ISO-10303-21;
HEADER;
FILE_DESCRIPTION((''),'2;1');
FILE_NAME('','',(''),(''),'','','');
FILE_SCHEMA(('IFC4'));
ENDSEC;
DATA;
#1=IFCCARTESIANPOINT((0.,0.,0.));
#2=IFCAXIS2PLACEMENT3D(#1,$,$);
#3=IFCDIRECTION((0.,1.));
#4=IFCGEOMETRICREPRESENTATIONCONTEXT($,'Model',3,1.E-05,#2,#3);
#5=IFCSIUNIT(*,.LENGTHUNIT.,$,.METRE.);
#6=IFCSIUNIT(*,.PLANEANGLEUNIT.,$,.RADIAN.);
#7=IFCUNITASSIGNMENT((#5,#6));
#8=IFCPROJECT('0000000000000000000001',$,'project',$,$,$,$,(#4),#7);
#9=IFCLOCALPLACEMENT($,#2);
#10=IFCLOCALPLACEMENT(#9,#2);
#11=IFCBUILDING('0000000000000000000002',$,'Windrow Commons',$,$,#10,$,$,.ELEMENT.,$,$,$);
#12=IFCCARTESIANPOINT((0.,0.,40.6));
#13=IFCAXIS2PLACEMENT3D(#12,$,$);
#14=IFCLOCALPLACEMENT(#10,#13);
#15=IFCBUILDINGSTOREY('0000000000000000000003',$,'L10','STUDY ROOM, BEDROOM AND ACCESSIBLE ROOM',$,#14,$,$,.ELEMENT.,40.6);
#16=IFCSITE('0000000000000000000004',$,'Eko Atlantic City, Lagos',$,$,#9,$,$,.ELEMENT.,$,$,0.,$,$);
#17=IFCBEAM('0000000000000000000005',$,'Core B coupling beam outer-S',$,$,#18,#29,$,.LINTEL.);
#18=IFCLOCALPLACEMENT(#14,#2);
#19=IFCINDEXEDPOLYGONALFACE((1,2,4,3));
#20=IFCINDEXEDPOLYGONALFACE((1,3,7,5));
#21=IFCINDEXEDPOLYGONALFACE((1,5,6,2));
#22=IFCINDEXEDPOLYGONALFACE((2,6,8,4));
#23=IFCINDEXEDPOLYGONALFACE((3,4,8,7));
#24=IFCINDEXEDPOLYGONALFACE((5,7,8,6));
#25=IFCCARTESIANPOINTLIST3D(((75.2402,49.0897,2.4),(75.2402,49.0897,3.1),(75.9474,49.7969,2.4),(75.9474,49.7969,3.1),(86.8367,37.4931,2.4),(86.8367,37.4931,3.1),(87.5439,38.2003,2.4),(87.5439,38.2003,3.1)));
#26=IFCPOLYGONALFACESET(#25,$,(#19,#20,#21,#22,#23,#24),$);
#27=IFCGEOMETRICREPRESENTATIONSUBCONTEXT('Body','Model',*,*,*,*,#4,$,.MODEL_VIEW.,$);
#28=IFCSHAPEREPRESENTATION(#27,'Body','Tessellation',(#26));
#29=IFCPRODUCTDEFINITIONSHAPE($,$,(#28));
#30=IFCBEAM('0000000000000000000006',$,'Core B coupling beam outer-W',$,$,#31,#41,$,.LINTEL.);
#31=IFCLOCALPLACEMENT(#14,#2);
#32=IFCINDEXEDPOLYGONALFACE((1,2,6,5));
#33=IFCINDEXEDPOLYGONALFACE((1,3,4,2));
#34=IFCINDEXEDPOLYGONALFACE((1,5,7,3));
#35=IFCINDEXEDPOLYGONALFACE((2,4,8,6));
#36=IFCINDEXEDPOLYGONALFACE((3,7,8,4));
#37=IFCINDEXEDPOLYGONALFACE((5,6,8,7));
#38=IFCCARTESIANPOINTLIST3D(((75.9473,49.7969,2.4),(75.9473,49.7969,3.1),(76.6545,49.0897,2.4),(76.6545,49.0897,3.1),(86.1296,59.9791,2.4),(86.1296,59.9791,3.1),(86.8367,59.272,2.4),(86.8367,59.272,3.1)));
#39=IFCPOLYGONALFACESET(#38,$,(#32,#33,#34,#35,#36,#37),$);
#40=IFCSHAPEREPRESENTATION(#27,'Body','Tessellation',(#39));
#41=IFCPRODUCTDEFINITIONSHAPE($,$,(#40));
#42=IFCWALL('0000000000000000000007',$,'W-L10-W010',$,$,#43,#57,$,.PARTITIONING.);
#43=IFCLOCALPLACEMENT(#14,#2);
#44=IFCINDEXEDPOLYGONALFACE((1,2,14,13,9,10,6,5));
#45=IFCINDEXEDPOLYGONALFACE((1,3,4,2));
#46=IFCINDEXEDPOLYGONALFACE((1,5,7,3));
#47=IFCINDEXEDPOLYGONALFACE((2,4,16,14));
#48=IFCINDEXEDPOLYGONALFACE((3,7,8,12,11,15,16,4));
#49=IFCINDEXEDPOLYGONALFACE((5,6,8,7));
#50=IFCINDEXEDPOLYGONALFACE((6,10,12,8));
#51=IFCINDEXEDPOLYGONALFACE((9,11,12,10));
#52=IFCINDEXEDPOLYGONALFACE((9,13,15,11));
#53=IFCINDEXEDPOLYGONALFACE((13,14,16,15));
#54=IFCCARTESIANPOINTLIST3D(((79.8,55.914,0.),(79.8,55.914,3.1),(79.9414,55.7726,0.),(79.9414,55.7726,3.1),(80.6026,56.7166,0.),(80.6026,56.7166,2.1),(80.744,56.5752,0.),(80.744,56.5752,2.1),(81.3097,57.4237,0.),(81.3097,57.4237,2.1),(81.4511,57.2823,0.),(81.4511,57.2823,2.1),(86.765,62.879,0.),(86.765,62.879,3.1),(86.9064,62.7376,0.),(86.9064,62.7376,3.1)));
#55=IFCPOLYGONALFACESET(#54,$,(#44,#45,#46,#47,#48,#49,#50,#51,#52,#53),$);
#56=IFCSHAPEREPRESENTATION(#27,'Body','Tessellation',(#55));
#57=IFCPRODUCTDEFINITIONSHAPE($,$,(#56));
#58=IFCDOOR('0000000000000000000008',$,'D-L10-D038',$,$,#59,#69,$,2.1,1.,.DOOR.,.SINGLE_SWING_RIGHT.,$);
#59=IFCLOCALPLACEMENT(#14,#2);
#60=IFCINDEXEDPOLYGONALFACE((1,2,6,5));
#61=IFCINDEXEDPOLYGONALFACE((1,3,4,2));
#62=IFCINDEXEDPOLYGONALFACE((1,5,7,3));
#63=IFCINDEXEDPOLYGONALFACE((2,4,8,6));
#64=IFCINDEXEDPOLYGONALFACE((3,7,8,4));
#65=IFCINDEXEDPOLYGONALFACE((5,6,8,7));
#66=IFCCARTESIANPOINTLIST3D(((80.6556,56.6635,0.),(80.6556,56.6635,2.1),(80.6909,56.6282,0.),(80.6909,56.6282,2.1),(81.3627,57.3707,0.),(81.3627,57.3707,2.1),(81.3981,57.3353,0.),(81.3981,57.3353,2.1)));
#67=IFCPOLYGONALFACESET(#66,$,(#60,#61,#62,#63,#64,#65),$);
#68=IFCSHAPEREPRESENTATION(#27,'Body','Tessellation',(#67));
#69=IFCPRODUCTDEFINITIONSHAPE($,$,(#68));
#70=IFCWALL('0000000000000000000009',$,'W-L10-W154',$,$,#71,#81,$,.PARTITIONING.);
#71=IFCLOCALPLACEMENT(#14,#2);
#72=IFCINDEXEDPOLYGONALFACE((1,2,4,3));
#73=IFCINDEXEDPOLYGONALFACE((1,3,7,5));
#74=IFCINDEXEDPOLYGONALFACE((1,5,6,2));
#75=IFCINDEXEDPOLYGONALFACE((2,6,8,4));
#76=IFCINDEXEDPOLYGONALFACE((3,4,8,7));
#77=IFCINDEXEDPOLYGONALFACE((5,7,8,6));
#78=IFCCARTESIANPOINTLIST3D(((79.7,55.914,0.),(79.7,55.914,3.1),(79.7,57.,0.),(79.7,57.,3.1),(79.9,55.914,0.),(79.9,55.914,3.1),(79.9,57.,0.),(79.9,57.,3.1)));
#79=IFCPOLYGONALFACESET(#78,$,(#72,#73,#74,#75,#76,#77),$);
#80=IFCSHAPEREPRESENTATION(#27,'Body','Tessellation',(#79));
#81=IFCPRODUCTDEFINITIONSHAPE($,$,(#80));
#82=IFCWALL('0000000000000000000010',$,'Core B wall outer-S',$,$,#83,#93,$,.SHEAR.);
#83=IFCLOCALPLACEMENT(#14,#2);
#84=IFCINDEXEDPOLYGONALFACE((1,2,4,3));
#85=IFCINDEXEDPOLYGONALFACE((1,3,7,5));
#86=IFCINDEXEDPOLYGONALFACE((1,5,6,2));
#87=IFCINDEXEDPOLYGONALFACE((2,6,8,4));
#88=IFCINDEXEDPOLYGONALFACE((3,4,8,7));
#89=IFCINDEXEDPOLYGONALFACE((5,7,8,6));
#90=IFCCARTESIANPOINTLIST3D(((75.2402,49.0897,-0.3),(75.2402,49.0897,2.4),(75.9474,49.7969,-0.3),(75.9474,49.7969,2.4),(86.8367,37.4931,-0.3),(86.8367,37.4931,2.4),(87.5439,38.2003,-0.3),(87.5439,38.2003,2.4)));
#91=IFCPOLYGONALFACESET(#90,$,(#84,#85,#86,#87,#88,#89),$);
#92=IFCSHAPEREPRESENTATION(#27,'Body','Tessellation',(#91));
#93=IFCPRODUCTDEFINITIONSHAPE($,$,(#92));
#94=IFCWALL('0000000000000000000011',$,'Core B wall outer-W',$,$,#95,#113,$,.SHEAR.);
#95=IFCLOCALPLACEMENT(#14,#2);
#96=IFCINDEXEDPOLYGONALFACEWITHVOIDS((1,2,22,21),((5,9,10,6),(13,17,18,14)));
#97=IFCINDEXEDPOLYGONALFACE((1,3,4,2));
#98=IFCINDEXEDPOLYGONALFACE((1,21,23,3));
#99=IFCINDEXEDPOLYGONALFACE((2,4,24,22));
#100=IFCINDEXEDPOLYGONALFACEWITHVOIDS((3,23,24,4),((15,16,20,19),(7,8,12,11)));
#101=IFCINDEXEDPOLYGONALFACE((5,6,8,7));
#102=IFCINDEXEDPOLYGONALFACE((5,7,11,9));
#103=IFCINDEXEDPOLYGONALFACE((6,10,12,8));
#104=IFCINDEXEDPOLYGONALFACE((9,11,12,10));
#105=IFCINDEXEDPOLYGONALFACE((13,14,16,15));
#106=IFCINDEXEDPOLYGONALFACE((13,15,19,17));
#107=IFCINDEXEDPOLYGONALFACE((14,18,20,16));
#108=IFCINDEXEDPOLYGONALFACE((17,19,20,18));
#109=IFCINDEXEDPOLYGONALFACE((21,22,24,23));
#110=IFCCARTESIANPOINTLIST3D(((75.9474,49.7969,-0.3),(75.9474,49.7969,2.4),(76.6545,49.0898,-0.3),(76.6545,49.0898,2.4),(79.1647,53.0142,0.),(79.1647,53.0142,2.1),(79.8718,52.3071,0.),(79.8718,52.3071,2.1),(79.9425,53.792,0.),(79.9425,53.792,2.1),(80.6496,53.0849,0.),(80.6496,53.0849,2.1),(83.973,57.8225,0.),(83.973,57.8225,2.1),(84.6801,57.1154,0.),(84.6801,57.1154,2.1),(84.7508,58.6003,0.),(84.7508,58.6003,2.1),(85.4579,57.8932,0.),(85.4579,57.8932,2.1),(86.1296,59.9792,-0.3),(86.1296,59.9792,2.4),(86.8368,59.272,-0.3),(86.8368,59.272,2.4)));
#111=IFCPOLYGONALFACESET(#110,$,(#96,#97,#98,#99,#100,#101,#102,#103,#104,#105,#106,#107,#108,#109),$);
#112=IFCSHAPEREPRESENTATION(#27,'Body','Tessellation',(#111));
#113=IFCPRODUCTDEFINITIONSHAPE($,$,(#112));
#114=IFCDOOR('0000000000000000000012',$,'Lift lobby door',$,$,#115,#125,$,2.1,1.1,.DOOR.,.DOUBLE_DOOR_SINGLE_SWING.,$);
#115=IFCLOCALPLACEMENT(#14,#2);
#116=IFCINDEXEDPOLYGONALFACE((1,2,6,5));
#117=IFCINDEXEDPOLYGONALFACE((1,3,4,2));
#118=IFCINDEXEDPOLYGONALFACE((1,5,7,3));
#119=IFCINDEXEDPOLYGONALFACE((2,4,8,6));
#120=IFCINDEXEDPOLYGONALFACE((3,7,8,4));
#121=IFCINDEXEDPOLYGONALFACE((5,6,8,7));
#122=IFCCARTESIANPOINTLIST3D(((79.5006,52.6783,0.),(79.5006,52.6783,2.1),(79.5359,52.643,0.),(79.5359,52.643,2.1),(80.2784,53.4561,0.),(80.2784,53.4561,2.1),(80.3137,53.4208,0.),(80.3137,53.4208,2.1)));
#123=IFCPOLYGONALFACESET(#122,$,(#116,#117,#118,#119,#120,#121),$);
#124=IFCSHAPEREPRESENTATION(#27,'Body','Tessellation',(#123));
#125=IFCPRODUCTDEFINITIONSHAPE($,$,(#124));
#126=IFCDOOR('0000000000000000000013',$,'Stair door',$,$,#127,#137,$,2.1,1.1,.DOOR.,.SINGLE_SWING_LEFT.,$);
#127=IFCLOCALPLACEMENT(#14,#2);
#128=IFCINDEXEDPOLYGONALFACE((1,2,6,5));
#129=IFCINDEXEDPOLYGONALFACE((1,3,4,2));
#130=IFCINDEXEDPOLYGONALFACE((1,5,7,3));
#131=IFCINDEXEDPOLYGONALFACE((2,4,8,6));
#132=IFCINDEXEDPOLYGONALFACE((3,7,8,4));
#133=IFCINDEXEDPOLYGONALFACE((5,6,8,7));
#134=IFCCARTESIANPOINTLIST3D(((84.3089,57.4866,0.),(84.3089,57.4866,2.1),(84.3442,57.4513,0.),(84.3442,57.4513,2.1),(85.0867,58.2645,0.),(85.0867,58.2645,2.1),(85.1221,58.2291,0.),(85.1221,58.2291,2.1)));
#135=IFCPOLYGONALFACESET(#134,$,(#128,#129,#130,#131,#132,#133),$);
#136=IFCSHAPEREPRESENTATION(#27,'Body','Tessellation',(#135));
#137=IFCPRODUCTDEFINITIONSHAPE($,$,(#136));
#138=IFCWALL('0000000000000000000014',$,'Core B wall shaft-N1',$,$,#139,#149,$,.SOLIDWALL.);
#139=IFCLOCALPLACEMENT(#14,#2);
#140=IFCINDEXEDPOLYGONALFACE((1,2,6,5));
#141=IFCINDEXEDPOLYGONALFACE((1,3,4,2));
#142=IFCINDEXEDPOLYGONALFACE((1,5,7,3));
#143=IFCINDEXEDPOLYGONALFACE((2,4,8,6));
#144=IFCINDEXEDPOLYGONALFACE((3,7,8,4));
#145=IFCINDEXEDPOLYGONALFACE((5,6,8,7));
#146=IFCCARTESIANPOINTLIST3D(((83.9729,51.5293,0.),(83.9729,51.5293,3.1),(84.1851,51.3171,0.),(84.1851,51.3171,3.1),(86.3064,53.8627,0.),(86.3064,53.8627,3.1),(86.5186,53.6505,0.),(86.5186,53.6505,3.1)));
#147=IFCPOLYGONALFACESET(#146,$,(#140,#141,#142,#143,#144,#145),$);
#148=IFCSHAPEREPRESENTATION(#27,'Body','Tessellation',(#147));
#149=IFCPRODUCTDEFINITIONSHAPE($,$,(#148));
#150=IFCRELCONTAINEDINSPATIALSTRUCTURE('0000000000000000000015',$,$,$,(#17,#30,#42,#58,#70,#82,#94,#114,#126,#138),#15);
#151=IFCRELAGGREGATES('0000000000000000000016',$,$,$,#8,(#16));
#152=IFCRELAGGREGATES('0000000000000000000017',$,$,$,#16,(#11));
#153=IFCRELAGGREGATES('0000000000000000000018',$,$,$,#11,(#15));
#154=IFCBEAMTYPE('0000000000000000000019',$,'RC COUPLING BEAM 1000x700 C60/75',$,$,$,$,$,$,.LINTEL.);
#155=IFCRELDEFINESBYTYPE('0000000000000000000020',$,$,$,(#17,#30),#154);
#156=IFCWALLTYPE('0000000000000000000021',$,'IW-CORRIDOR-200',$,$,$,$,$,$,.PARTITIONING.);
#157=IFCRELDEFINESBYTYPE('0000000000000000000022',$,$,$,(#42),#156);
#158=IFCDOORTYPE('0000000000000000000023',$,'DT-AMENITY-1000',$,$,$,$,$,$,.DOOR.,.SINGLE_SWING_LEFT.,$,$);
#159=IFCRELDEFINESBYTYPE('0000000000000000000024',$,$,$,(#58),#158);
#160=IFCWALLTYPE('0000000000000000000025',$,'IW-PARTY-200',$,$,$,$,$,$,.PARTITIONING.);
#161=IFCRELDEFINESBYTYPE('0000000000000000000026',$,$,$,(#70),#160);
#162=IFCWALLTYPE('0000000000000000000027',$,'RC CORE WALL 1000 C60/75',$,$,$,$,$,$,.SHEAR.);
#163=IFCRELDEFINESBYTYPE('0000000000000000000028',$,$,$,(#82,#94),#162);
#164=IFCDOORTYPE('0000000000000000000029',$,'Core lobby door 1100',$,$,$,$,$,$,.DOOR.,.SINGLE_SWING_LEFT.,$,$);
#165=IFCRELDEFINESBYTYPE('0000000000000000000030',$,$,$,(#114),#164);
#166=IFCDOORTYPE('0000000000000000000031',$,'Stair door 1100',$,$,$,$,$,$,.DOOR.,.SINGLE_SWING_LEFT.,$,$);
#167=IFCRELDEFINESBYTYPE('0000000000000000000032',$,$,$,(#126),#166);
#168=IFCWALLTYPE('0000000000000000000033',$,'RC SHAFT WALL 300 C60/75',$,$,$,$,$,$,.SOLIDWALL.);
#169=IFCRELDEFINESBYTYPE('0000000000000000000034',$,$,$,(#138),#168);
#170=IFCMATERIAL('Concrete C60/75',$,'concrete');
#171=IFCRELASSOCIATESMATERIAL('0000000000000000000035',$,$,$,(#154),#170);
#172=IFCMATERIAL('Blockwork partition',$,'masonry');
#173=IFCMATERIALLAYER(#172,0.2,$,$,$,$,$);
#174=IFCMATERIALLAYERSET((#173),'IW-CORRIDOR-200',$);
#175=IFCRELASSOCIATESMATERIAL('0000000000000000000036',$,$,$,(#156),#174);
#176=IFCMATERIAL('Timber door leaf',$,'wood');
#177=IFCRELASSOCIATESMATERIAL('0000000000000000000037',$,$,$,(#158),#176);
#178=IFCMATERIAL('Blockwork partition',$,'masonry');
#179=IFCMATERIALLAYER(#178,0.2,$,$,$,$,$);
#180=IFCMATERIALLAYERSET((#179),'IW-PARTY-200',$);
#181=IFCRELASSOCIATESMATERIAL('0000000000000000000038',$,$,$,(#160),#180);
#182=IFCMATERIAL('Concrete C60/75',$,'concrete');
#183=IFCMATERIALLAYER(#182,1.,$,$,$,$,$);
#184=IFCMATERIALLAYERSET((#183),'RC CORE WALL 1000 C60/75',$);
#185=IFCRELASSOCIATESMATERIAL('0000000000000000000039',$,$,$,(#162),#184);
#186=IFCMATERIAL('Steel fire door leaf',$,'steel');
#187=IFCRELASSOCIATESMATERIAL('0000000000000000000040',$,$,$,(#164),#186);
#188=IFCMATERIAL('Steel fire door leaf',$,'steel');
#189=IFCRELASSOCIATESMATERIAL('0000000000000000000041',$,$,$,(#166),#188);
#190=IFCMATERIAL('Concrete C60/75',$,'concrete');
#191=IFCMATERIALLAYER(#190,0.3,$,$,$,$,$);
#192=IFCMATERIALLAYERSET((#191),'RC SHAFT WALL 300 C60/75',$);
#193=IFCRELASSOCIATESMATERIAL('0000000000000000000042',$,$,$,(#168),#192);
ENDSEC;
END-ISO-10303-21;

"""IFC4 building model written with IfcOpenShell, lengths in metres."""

from ifc_helpers import new_model, si_unit, direction, frame, frame_2d, origin, origin_2d, place, context, subcontext, project, spatial, rectangle, extrude, material, layer, layer_set, material_profile, profile_set, type_object, element, fill, save


model = new_model("IFC4")

# Units and contexts
model_context = context("Model", 3, precision=1e-05, world=origin(), true_north=direction((0.0, 1.0)))
body_context = subcontext(model_context, "Body", "Model", "MODEL_VIEW")
ifc_project = project(units=[si_unit("LENGTHUNIT", "METRE"), si_unit("PLANEANGLEUNIT", "RADIAN")], contexts=[model_context])

# Site, building, storey
site_placement = place(None, origin())
site = spatial("IfcSite", under=ifc_project, at=site_placement, Name="Eko Atlantic City, Lagos", CompositionType="ELEMENT", RefElevation=0.0)
building_placement = place(site_placement, origin())
building = spatial("IfcBuilding", under=site, at=building_placement, Name="Windrow Commons", CompositionType="ELEMENT")
storey_placement = place(building_placement, frame((0.0, 0.0, 40.6)))
storey = spatial("IfcBuildingStorey", under=building, at=storey_placement, Name="L10", Description="STUDY ROOM, BEDROOM AND ACCESSIBLE ROOM", CompositionType="ELEMENT", Elevation=40.6)

# Beams
ifc_material_1 = material(Name="Concrete C60/75", Category="concrete")
ifc_material_profile = material_profile(ifc_material_1, rectangle(XDim=1.0, YDim=0.7, at=origin_2d()))
ifc_profile_set = profile_set([ifc_material_profile], Name="Concrete C60/75")
beam_type = type_object("IfcBeamType", Name="RC COUPLING BEAM 1000x700 C60/75", PredefinedType="LINTEL", material=ifc_profile_set)
beam_1_placement = place(storey_placement, frame((75.5938, 49.4433, 2.75), z_axis=(0.707104, -0.70711, 0.0), x_axis=(0.70711, 0.707104, 0.0)))
element("IfcBeam", 1, at=beam_1_placement, inside=storey, type_object=beam_type, Name="Core B coupling beam outer-S", PredefinedType="LINTEL", context=body_context, shape_type="SweptSolid", body=[
    extrude(rectangle(XDim=1.0, YDim=0.7, at=origin_2d()), origin(), (0.0, 0.0, 1.0), 16.4),
])
beam_2_placement = place(storey_placement, frame((76.3009, 49.4433, 2.75), z_axis=(0.707107, 0.707107, 0.0), x_axis=(-0.707107, 0.707107, 0.0)))
element("IfcBeam", 2, at=beam_2_placement, inside=storey, type_object=beam_type, Name="Core B coupling beam outer-W", PredefinedType="LINTEL", context=body_context, shape_type="SweptSolid", body=[
    extrude(rectangle(XDim=1.0, YDim=0.7, at=origin_2d()), origin(), (0.0, 0.0, 1.0), 14.3999),
])

# Wall, opening, door
ifc_material_2 = material(Name="Blockwork partition", Category="masonry")
ifc_layer_1 = layer(ifc_material_2, 0.2)
ifc_layer_set_1 = layer_set([ifc_layer_1], Name="IW-CORRIDOR-200")
wall_type_1 = type_object("IfcWallType", Name="IW-CORRIDOR-200", PredefinedType="PARTITIONING", material=ifc_layer_set_1)
wall_1_placement = place(storey_placement, frame((79.8707, 55.8433, 0.0), z_axis=(0.0, 0.0, 1.0), x_axis=(0.707107, 0.707107, 0.0)))
wall_1 = element("IfcWall", 3, at=wall_1_placement, inside=storey, type_object=wall_type_1, Name="W-L10-W010", PredefinedType="PARTITIONING", context=body_context, shape_type="SweptSolid", body=[
    extrude(rectangle(XDim=9.85, YDim=0.2, at=frame_2d((4.925, 0.0))), origin(), (0.0, 0.0, 1.0), 3.1),
])
opening_1_placement = place(wall_1_placement, frame((1.135, 0.0, 0.0)))
opening_1 = element("IfcOpeningElement", 4, at=opening_1_placement, cuts=wall_1, PredefinedType="OPENING", context=body_context, shape_type="SweptSolid", body=[
    extrude(rectangle(XDim=1.0, YDim=2.1, at=frame_2d((0.5, 1.05))), frame((0.0, 0.11, 0.0), z_axis=(0.0, -1.0, 0.0), x_axis=(1.0, 0.0, 0.0)), (0.0, 0.0, 1.0), 0.22),
])
ifc_material_3 = material(Name="Timber door leaf", Category="wood")
door_type_1 = type_object("IfcDoorType", Name="DT-AMENITY-1000", OperationType="SINGLE_SWING_LEFT", PredefinedType="DOOR", material=ifc_material_3)
door_1_placement = place(opening_1_placement, origin())
door_1 = element("IfcDoor", 5, at=door_1_placement, inside=storey, type_object=door_type_1, Name="D-L10-D038", OperationType="SINGLE_SWING_RIGHT", OverallHeight=2.1, OverallWidth=1.0, PredefinedType="DOOR", context=body_context, shape_type="SweptSolid", body=[
    extrude(rectangle(XDim=1.0, YDim=2.1, at=frame_2d((0.5, 1.05))), frame((0.0, 0.025, 0.0), z_axis=(0.0, -1.0, 0.0), x_axis=(1.0, 0.0, 0.0)), (0.0, 0.0, 1.0), 0.05),
])
fill(opening_1, door_1)

# Walls
ifc_material_4 = material(Name="Blockwork partition", Category="masonry")
ifc_layer_2 = layer(ifc_material_4, 0.2)
ifc_layer_set_2 = layer_set([ifc_layer_2], Name="IW-PARTY-200")
wall_type_2 = type_object("IfcWallType", Name="IW-PARTY-200", PredefinedType="PARTITIONING", material=ifc_layer_set_2)
wall_2_placement = place(storey_placement, frame((79.8, 55.914, 0.0), z_axis=(0.0, 0.0, 1.0), x_axis=(0.0, 1.0, 0.0)))
element("IfcWall", 6, at=wall_2_placement, inside=storey, type_object=wall_type_2, Name="W-L10-W154", PredefinedType="PARTITIONING", context=body_context, shape_type="SweptSolid", body=[
    extrude(rectangle(XDim=1.086, YDim=0.2, at=frame_2d((0.543, 0.0))), origin(), (0.0, 0.0, 1.0), 3.1),
])
ifc_material_5 = material(Name="Concrete C60/75", Category="concrete")
ifc_layer_3 = layer(ifc_material_5, 1.0)
ifc_layer_set_3 = layer_set([ifc_layer_3], Name="RC CORE WALL 1000 C60/75")
wall_type_3 = type_object("IfcWallType", Name="RC CORE WALL 1000 C60/75", PredefinedType="SHEAR", material=ifc_layer_set_3)
wall_3_placement = place(storey_placement, frame((75.5938, 49.4433, -0.3), z_axis=(0.0, 0.0, 1.0), x_axis=(0.707104, -0.70711, 0.0)))
element("IfcWall", 7, at=wall_3_placement, inside=storey, type_object=wall_type_3, Name="Core B wall outer-S", PredefinedType="SHEAR", context=body_context, shape_type="SweptSolid", body=[
    extrude(rectangle(XDim=16.4, YDim=1.0, at=frame_2d((8.2, 0.0))), origin(), (0.0, 0.0, 1.0), 2.7),
])

# Wall, openings, doors
wall_4_placement = place(storey_placement, frame((76.3009, 49.4433, -0.3), z_axis=(0.0, 0.0, 1.0), x_axis=(0.707107, 0.707107, 0.0)))
wall_4 = element("IfcWall", 8, at=wall_4_placement, inside=storey, type_object=wall_type_3, Name="Core B wall outer-W", PredefinedType="SHEAR", context=body_context, shape_type="SweptSolid", body=[
    extrude(rectangle(XDim=14.3999, YDim=1.0, at=frame_2d((7.2, 0.0))), origin(), (0.0, 0.0, 1.0), 2.7),
])
opening_2_placement = place(wall_4_placement, frame((4.55, 0.0, 0.3)))
opening_2 = element("IfcOpeningElement", 9, at=opening_2_placement, cuts=wall_4, PredefinedType="OPENING", context=body_context, shape_type="SweptSolid", body=[
    extrude(rectangle(XDim=1.1, YDim=2.1, at=frame_2d((0.55, 1.05))), frame((0.0, 0.51, 0.0), z_axis=(0.0, -1.0, 0.0), x_axis=(1.0, 0.0, 0.0)), (0.0, 0.0, 1.0), 1.02),
])
opening_3_placement = place(wall_4_placement, frame((11.35, 0.0, 0.3)))
opening_3 = element("IfcOpeningElement", 10, at=opening_3_placement, cuts=wall_4, PredefinedType="OPENING", context=body_context, shape_type="SweptSolid", body=[
    extrude(rectangle(XDim=1.1, YDim=2.1, at=frame_2d((0.55, 1.05))), frame((0.0, 0.51, 0.0), z_axis=(0.0, -1.0, 0.0), x_axis=(1.0, 0.0, 0.0)), (0.0, 0.0, 1.0), 1.02),
])
ifc_material_6 = material(Name="Steel fire door leaf", Category="steel")
door_type_2 = type_object("IfcDoorType", Name="Core lobby door 1100", OperationType="SINGLE_SWING_LEFT", PredefinedType="DOOR", material=ifc_material_6)
door_2_placement = place(opening_2_placement, origin())
door_2 = element("IfcDoor", 11, at=door_2_placement, inside=storey, type_object=door_type_2, Name="Lift lobby door", OperationType="DOUBLE_DOOR_SINGLE_SWING", OverallHeight=2.1, OverallWidth=1.1, PredefinedType="DOOR", context=body_context, shape_type="SweptSolid", body=[
    extrude(rectangle(XDim=1.1, YDim=2.1, at=frame_2d((0.55, 1.05))), frame((0.0, 0.025, 0.0), z_axis=(0.0, -1.0, 0.0), x_axis=(1.0, 0.0, 0.0)), (0.0, 0.0, 1.0), 0.05),
])
fill(opening_2, door_2)
ifc_material_7 = material(Name="Steel fire door leaf", Category="steel")
door_type_3 = type_object("IfcDoorType", Name="Stair door 1100", OperationType="SINGLE_SWING_LEFT", PredefinedType="DOOR", material=ifc_material_7)
door_3_placement = place(opening_3_placement, origin())
door_3 = element("IfcDoor", 12, at=door_3_placement, inside=storey, type_object=door_type_3, Name="Stair door", OperationType="SINGLE_SWING_LEFT", OverallHeight=2.1, OverallWidth=1.1, PredefinedType="DOOR", context=body_context, shape_type="SweptSolid", body=[
    extrude(rectangle(XDim=1.1, YDim=2.1, at=frame_2d((0.55, 1.05))), frame((0.0, 0.025, 0.0), z_axis=(0.0, -1.0, 0.0), x_axis=(1.0, 0.0, 0.0)), (0.0, 0.0, 1.0), 0.05),
])
fill(opening_3, door_3)

# Wall
ifc_material_8 = material(Name="Concrete C60/75", Category="concrete")
ifc_layer_4 = layer(ifc_material_8, 0.3)
ifc_layer_set_4 = layer_set([ifc_layer_4], Name="RC SHAFT WALL 300 C60/75")
wall_type_4 = type_object("IfcWallType", Name="RC SHAFT WALL 300 C60/75", PredefinedType="SOLIDWALL", material=ifc_layer_set_4)
wall_5_placement = place(storey_placement, frame((84.079, 51.4232, 0.0), z_axis=(0.0, 0.0, 1.0), x_axis=(0.707122, 0.707092, 0.0)))
element("IfcWall", 13, at=wall_5_placement, inside=storey, type_object=wall_type_4, Name="Core B wall shaft-N1", PredefinedType="SOLIDWALL", context=body_context, shape_type="SweptSolid", body=[
    extrude(rectangle(XDim=3.3, YDim=0.3, at=frame_2d((1.65, 0.0))), origin(), (0.0, 0.0, 1.0), 3.1),
])

save(model, "model.ifc")
